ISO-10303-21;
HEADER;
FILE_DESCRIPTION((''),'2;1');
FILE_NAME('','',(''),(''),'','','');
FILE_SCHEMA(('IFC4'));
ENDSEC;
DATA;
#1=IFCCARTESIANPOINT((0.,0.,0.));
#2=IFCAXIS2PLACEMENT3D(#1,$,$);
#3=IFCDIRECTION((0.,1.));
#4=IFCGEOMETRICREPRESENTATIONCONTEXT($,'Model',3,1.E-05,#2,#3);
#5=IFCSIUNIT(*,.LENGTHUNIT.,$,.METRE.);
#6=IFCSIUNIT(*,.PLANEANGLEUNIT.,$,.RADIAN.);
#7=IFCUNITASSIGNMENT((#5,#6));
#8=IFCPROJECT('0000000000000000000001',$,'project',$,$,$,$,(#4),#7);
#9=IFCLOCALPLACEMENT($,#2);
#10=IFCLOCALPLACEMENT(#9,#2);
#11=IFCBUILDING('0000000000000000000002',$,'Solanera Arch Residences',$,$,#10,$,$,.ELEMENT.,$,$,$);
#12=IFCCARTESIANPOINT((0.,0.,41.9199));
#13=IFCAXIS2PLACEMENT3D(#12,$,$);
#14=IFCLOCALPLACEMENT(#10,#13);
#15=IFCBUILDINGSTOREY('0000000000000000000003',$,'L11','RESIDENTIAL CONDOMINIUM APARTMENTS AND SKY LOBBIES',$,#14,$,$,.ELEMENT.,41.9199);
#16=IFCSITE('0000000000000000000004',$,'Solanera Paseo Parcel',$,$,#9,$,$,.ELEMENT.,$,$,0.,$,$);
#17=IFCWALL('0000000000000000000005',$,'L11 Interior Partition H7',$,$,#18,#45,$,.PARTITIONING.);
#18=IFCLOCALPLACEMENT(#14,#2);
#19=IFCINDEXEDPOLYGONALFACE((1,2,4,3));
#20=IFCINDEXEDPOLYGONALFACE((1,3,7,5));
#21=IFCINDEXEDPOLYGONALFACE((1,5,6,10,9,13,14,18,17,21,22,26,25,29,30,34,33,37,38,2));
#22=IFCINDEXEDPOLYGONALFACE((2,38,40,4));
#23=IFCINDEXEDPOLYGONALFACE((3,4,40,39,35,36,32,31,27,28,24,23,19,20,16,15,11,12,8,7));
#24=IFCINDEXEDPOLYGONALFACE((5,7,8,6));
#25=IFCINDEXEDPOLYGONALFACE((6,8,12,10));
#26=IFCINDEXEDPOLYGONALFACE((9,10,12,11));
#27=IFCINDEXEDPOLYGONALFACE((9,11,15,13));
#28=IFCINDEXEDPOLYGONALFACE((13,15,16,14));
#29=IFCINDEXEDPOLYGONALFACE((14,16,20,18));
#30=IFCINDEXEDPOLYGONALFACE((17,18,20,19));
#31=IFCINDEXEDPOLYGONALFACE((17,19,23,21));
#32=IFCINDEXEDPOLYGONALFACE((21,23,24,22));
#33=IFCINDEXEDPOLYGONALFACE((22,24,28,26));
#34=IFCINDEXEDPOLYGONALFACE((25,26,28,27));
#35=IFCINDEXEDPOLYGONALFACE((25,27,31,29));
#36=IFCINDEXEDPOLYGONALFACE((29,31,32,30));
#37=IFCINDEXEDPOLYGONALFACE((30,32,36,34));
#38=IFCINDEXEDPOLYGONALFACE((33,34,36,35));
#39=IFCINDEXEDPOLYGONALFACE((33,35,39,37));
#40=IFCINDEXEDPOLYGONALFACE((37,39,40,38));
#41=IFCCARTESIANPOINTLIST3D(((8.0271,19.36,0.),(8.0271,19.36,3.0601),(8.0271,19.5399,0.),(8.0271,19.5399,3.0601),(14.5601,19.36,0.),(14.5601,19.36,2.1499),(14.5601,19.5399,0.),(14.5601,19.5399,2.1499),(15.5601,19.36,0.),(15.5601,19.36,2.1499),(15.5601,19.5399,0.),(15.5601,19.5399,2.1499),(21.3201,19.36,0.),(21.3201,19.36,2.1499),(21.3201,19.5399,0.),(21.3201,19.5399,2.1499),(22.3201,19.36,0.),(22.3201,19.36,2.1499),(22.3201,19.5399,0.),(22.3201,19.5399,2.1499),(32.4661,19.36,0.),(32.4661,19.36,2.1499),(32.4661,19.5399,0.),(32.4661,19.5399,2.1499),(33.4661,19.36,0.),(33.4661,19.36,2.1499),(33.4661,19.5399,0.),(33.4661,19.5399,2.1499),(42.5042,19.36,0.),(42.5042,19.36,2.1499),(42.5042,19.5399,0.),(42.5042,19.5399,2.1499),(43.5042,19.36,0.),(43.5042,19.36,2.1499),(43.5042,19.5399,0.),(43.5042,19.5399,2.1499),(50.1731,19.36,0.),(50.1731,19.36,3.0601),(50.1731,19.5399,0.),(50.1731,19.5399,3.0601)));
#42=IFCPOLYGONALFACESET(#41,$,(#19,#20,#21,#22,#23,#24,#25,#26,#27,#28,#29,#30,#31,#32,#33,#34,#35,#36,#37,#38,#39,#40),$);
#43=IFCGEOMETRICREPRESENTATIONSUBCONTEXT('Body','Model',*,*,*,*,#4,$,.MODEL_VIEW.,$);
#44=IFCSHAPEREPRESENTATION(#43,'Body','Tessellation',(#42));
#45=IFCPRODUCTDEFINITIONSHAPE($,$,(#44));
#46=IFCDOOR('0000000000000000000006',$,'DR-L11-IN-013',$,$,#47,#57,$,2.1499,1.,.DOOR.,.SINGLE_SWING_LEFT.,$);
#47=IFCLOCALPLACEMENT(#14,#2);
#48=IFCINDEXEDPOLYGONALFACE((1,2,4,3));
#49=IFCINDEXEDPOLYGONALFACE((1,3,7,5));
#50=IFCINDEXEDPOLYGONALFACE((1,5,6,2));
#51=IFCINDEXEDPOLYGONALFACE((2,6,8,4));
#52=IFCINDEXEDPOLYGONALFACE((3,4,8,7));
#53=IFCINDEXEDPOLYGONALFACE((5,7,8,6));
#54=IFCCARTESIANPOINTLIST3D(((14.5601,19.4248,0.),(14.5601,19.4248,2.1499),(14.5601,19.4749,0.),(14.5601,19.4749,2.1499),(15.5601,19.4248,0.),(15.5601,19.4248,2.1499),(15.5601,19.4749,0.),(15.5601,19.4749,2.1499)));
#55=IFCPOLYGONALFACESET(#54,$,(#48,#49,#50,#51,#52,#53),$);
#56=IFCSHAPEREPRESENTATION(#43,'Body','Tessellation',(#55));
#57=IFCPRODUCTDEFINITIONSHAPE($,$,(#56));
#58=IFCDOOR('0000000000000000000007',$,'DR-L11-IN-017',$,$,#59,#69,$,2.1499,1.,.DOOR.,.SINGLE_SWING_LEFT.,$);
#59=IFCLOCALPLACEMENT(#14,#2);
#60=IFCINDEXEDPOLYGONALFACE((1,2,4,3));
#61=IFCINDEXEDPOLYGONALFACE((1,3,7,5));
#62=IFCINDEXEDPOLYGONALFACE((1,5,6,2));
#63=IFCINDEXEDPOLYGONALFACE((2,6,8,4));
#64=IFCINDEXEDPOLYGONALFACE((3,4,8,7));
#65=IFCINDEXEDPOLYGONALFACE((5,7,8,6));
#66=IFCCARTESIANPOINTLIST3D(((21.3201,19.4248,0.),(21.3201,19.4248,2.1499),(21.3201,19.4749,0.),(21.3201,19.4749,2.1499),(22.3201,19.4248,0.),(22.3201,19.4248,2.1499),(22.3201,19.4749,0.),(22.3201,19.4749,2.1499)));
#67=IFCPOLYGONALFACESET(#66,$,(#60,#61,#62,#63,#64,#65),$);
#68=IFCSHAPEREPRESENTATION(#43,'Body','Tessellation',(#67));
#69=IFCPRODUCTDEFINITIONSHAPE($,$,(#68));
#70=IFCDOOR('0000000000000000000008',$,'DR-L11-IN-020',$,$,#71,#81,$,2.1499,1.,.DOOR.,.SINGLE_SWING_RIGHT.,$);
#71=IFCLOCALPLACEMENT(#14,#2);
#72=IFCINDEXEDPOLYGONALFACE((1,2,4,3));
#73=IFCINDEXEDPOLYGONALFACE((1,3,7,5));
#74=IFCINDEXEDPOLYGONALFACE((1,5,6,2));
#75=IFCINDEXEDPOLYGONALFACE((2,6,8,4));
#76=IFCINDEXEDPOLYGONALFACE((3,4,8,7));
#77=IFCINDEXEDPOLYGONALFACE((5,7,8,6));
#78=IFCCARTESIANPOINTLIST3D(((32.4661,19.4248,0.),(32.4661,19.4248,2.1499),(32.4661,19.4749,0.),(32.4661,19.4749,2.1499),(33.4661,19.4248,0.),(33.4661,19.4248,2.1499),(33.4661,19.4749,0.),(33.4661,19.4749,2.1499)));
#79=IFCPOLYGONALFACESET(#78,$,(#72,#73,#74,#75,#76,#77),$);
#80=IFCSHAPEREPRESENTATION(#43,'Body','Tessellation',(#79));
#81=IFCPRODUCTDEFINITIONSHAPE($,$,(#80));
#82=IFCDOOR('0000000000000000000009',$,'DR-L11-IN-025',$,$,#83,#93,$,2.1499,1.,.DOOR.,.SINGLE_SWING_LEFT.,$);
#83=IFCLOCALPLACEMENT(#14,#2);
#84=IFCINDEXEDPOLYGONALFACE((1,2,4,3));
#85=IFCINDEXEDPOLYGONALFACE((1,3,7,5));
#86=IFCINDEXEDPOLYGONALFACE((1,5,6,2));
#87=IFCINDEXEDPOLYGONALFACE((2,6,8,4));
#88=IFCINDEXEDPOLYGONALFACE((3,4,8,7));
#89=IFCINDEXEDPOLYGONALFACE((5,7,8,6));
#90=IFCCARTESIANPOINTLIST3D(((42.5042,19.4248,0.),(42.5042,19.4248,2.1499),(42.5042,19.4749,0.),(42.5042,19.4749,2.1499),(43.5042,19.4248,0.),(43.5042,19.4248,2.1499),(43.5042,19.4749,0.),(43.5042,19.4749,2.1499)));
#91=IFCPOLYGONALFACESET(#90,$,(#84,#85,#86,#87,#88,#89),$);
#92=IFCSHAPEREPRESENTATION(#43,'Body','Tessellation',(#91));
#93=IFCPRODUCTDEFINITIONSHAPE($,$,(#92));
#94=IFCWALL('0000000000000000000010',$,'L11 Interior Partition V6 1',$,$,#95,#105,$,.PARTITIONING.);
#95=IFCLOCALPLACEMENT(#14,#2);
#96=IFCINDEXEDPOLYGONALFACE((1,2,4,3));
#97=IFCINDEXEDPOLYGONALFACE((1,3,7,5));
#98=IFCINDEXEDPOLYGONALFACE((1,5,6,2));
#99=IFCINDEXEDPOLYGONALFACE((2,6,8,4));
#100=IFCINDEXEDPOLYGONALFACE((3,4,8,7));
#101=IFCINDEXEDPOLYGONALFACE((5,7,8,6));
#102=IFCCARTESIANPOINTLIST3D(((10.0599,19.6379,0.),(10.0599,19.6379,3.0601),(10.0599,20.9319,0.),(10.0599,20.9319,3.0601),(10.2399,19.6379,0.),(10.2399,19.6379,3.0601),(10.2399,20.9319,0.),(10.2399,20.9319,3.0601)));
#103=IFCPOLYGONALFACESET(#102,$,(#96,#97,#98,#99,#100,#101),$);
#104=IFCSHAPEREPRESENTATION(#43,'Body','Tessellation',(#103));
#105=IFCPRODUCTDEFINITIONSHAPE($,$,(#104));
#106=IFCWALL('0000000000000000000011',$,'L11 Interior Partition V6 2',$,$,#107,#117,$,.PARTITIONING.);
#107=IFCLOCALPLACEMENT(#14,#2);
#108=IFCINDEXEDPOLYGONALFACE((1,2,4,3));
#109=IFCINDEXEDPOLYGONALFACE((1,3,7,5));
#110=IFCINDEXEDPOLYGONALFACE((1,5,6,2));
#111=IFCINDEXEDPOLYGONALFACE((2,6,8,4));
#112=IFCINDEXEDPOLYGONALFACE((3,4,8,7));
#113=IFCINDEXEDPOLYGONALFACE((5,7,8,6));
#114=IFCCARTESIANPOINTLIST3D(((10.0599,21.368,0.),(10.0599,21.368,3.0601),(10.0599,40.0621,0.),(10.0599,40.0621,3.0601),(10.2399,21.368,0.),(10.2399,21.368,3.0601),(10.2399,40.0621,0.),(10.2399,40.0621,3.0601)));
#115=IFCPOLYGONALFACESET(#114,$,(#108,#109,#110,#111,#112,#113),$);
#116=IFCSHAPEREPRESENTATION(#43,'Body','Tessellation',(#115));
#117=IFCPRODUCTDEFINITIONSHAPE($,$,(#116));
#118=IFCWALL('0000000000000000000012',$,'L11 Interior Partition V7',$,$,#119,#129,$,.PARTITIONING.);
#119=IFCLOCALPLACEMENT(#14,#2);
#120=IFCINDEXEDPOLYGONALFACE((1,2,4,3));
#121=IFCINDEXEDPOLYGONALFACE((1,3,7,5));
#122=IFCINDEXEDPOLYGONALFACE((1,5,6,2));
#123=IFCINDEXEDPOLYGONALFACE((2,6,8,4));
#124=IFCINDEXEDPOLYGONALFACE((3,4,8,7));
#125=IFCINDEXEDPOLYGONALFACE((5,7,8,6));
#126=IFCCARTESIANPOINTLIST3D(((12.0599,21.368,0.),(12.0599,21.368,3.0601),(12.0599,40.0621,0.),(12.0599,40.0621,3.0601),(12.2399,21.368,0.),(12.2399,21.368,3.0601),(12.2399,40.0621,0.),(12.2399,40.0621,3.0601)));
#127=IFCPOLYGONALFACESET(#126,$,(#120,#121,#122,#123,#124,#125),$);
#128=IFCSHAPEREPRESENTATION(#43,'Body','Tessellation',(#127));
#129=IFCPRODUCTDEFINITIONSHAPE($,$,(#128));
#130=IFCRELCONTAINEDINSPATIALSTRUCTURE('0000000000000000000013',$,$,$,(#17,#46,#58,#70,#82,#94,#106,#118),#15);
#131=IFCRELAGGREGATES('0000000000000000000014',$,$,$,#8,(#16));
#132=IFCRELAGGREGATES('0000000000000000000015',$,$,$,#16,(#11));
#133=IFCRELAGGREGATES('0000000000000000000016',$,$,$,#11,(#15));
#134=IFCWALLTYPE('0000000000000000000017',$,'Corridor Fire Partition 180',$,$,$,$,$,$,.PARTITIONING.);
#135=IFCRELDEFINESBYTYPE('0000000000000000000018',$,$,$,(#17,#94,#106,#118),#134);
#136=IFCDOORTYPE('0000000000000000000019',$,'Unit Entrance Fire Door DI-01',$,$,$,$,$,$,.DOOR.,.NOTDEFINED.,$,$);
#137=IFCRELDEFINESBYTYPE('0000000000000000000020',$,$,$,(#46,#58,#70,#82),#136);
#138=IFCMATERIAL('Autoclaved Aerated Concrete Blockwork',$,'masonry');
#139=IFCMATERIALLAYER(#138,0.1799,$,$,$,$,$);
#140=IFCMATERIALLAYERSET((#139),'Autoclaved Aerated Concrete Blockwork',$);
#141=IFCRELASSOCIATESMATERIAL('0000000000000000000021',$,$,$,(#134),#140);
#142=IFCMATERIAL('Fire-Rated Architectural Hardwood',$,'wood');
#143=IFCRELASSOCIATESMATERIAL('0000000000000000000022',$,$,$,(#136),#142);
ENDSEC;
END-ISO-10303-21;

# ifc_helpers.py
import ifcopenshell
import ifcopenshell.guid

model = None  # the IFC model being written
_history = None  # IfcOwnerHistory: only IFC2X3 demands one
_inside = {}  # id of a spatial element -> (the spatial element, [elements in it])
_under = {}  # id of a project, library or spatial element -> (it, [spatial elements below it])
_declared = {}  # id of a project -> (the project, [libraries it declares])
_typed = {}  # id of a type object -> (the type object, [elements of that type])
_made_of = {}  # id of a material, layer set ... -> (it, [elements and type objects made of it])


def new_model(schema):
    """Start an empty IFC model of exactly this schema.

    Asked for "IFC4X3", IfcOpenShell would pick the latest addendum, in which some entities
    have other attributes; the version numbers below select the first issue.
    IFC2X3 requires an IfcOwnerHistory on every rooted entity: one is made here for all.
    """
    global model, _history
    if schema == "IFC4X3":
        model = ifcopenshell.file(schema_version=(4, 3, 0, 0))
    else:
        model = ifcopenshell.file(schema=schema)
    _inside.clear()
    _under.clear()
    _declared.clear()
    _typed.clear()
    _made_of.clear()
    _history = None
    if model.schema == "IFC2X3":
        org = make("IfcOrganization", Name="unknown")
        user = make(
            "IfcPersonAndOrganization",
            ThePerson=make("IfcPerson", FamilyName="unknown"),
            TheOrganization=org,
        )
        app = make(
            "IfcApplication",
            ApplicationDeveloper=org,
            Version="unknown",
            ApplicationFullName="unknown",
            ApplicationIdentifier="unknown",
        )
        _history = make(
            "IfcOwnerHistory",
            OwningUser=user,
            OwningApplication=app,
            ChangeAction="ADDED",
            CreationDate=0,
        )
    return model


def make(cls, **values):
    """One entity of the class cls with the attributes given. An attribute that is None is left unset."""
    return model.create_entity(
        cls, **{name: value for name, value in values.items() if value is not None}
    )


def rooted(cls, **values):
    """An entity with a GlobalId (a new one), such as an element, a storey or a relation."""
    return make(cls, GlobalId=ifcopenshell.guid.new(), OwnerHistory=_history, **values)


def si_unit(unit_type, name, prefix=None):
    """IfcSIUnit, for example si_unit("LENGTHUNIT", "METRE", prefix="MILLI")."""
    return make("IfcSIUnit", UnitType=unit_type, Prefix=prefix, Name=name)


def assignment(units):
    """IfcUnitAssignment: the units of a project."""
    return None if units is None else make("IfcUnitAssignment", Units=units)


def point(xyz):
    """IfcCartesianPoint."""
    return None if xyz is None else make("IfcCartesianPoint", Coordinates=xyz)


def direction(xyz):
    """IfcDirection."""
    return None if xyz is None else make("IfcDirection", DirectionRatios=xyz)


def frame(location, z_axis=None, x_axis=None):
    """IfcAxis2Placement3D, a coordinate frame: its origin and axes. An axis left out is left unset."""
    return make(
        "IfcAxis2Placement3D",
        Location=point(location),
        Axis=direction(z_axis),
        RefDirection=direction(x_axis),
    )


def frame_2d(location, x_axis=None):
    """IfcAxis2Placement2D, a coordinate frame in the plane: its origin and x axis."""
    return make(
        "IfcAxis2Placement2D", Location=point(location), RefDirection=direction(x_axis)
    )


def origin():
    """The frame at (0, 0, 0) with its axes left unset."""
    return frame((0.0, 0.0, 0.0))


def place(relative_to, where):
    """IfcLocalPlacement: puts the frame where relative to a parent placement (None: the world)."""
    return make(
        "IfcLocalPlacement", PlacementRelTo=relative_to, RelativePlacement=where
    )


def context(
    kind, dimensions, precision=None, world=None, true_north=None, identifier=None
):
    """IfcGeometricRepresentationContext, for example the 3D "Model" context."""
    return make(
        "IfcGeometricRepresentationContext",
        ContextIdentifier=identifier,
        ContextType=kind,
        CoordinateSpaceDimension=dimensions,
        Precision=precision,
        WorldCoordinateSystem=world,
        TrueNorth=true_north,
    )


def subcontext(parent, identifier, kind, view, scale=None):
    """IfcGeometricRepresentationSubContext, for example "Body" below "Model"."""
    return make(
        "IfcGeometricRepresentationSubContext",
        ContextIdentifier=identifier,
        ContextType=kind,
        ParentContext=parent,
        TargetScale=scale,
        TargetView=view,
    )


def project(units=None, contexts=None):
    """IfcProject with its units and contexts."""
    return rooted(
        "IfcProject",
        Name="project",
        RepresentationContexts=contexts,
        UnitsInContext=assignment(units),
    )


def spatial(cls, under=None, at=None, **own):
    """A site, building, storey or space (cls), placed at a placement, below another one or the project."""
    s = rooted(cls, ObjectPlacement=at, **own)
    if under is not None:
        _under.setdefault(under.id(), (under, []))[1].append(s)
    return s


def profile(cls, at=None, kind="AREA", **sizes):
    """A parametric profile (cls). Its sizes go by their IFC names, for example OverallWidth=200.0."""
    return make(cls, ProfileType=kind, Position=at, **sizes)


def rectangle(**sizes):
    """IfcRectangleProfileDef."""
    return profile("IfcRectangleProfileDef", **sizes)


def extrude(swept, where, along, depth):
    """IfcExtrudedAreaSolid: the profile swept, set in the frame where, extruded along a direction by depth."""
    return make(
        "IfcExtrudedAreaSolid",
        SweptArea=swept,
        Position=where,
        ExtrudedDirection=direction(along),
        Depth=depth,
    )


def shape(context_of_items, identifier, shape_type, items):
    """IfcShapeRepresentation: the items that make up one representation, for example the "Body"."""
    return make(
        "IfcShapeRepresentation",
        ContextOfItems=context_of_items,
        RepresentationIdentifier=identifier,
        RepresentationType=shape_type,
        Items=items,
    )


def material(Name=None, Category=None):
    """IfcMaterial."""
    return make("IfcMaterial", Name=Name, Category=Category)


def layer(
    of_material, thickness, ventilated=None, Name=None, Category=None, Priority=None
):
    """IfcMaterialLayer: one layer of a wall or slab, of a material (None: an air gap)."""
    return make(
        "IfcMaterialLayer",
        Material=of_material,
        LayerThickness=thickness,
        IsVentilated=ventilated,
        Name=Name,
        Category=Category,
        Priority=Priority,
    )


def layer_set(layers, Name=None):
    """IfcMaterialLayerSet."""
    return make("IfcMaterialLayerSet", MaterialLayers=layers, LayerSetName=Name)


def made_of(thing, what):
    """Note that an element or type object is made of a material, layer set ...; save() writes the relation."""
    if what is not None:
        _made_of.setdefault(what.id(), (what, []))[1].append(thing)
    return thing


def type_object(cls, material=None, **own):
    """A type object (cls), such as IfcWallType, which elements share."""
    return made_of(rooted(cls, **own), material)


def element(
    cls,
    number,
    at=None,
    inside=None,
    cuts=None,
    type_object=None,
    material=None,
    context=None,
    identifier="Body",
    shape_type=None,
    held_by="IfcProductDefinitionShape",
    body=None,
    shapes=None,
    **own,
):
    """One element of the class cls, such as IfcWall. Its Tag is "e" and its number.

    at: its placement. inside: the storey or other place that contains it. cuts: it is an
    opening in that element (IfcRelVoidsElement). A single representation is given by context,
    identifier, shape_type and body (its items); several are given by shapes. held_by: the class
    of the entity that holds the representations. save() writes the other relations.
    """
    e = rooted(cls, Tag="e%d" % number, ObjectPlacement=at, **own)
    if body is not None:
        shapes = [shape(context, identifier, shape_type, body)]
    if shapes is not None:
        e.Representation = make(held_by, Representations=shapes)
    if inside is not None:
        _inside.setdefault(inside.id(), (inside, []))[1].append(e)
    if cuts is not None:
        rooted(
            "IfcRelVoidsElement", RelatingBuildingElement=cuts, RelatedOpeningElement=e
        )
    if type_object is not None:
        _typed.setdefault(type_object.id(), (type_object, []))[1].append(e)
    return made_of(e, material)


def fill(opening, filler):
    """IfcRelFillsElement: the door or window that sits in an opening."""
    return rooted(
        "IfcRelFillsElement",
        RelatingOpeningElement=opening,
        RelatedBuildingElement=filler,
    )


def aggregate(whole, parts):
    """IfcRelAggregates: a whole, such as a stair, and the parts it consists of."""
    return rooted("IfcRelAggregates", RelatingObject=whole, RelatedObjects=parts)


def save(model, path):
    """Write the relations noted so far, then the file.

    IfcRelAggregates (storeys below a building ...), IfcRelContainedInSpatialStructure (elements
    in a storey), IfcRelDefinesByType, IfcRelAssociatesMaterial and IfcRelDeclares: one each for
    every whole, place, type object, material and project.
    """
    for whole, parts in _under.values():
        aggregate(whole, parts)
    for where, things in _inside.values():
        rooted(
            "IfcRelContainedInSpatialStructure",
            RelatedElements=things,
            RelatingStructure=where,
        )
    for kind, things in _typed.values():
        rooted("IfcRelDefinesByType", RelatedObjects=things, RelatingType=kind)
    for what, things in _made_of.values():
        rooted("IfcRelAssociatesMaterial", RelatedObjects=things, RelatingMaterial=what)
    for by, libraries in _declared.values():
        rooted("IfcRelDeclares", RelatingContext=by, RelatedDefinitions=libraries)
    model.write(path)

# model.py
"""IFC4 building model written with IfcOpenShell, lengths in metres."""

from ifc_helpers import new_model, si_unit, direction, frame, frame_2d, origin, place, context, subcontext, project, spatial, rectangle, extrude, material, layer, layer_set, type_object, element, fill, save


model = new_model("IFC4")

# Units and contexts
model_context = context("Model", 3, precision=1e-05, world=origin(), true_north=direction((0.0, 1.0)))
body_context = subcontext(model_context, "Body", "Model", "MODEL_VIEW")
ifc_project = project(units=[si_unit("LENGTHUNIT", "METRE"), si_unit("PLANEANGLEUNIT", "RADIAN")], contexts=[model_context])

# Site, building, storey
site_placement = place(None, origin())
site = spatial("IfcSite", under=ifc_project, at=site_placement, Name="Solanera Paseo Parcel", CompositionType="ELEMENT", RefElevation=0.0)
building_placement = place(site_placement, origin())
building = spatial("IfcBuilding", under=site, at=building_placement, Name="Solanera Arch Residences", CompositionType="ELEMENT")
storey_placement = place(building_placement, frame((0.0, 0.0, 41.9199)))
storey = spatial("IfcBuildingStorey", under=building, at=storey_placement, Name="L11", Description="RESIDENTIAL CONDOMINIUM APARTMENTS AND SKY LOBBIES", CompositionType="ELEMENT", Elevation=41.9199)

# Wall, openings, doors
ifc_material_1 = material(Name="Autoclaved Aerated Concrete Blockwork", Category="masonry")
ifc_layer_1 = layer(ifc_material_1, 0.1799)
ifc_layer_set_1 = layer_set([ifc_layer_1], Name="Autoclaved Aerated Concrete Blockwork")
wall_type_1 = type_object("IfcWallType", Name="Corridor Fire Partition 180", PredefinedType="PARTITIONING", material=ifc_layer_set_1)
wall_1_placement = place(storey_placement, frame((8.0271, 19.45, 0.0), z_axis=(0.0, 0.0, 1.0), x_axis=(1.0, 0.0, 0.0)))
wall_1 = element("IfcWall", 1, at=wall_1_placement, inside=storey, type_object=wall_type_1, Name="L11 Interior Partition H7", PredefinedType="PARTITIONING", context=body_context, shape_type="SweptSolid", body=[
    extrude(rectangle(XDim=42.146, YDim=0.1799, at=frame_2d((21.073, 0.0))), origin(), (0.0, 0.0, 1.0), 3.0601),
])
opening_1_placement = place(wall_1_placement, frame((6.533, 0.0, 0.0)))
opening_1 = element("IfcOpeningElement", 2, at=opening_1_placement, cuts=wall_1, PredefinedType="OPENING", context=body_context, shape_type="SweptSolid", body=[
    extrude(rectangle(XDim=1.0, YDim=2.1499, at=frame_2d((0.5, 1.075))), frame((0.0, 0.1001, 0.0), z_axis=(0.0, -1.0, 0.0), x_axis=(1.0, 0.0, 0.0)), (0.0, 0.0, 1.0), 0.1999),
])
opening_2_placement = place(wall_1_placement, frame((13.293, 0.0, 0.0)))
opening_2 = element("IfcOpeningElement", 3, at=opening_2_placement, cuts=wall_1, PredefinedType="OPENING", context=body_context, shape_type="SweptSolid", body=[
    extrude(rectangle(XDim=1.0, YDim=2.1499, at=frame_2d((0.5, 1.075))), frame((0.0, 0.1001, 0.0), z_axis=(0.0, -1.0, 0.0), x_axis=(1.0, 0.0, 0.0)), (0.0, 0.0, 1.0), 0.1999),
])
opening_3_placement = place(wall_1_placement, frame((24.439, 0.0, 0.0)))
opening_3 = element("IfcOpeningElement", 4, at=opening_3_placement, cuts=wall_1, PredefinedType="OPENING", context=body_context, shape_type="SweptSolid", body=[
    extrude(rectangle(XDim=1.0, YDim=2.1499, at=frame_2d((0.5, 1.075))), frame((0.0, 0.1001, 0.0), z_axis=(0.0, -1.0, 0.0), x_axis=(1.0, 0.0, 0.0)), (0.0, 0.0, 1.0), 0.1999),
])
opening_4_placement = place(wall_1_placement, frame((34.4771, 0.0, 0.0)))
opening_4 = element("IfcOpeningElement", 5, at=opening_4_placement, cuts=wall_1, PredefinedType="OPENING", context=body_context, shape_type="SweptSolid", body=[
    extrude(rectangle(XDim=1.0, YDim=2.1499, at=frame_2d((0.5, 1.075))), frame((0.0, 0.1001, 0.0), z_axis=(0.0, -1.0, 0.0), x_axis=(1.0, 0.0, 0.0)), (0.0, 0.0, 1.0), 0.1999),
])
ifc_material_2 = material(Name="Fire-Rated Architectural Hardwood", Category="wood")
door_type_1 = type_object("IfcDoorType", Name="Unit Entrance Fire Door DI-01", OperationType="NOTDEFINED", PredefinedType="DOOR", material=ifc_material_2)
door_1_placement = place(opening_1_placement, origin())
door_1 = element("IfcDoor", 6, at=door_1_placement, inside=storey, type_object=door_type_1, Name="DR-L11-IN-013", OperationType="SINGLE_SWING_LEFT", OverallHeight=2.1499, OverallWidth=1.0, PredefinedType="DOOR", context=body_context, shape_type="SweptSolid", body=[
    extrude(rectangle(XDim=1.0, YDim=2.1499, at=frame_2d((0.5, 1.075))), frame((0.0, 0.0249, 0.0), z_axis=(0.0, -1.0, 0.0), x_axis=(1.0, 0.0, 0.0)), (0.0, 0.0, 1.0), 0.05),
])
fill(opening_1, door_1)
door_2_placement = place(opening_2_placement, origin())
door_2 = element("IfcDoor", 7, at=door_2_placement, inside=storey, type_object=door_type_1, Name="DR-L11-IN-017", OperationType="SINGLE_SWING_LEFT", OverallHeight=2.1499, OverallWidth=1.0, PredefinedType="DOOR", context=body_context, shape_type="SweptSolid", body=[
    extrude(rectangle(XDim=1.0, YDim=2.1499, at=frame_2d((0.5, 1.075))), frame((0.0, 0.0249, 0.0), z_axis=(0.0, -1.0, 0.0), x_axis=(1.0, 0.0, 0.0)), (0.0, 0.0, 1.0), 0.05),
])
fill(opening_2, door_2)
door_3_placement = place(opening_3_placement, origin())
door_3 = element("IfcDoor", 8, at=door_3_placement, inside=storey, type_object=door_type_1, Name="DR-L11-IN-020", OperationType="SINGLE_SWING_RIGHT", OverallHeight=2.1499, OverallWidth=1.0, PredefinedType="DOOR", context=body_context, shape_type="SweptSolid", body=[
    extrude(rectangle(XDim=1.0, YDim=2.1499, at=frame_2d((0.5, 1.075))), frame((0.0, 0.0249, 0.0), z_axis=(0.0, -1.0, 0.0), x_axis=(1.0, 0.0, 0.0)), (0.0, 0.0, 1.0), 0.05),
])
fill(opening_3, door_3)
door_4_placement = place(opening_4_placement, origin())
door_4 = element("IfcDoor", 9, at=door_4_placement, inside=storey, type_object=door_type_1, Name="DR-L11-IN-025", OperationType="SINGLE_SWING_LEFT", OverallHeight=2.1499, OverallWidth=1.0, PredefinedType="DOOR", context=body_context, shape_type="SweptSolid", body=[
    extrude(rectangle(XDim=1.0, YDim=2.1499, at=frame_2d((0.5, 1.075))), frame((0.0, 0.0249, 0.0), z_axis=(0.0, -1.0, 0.0), x_axis=(1.0, 0.0, 0.0)), (0.0, 0.0, 1.0), 0.05),
])
fill(opening_4, door_4)

# Walls
wall_2_placement = place(storey_placement, frame((10.1499, 19.6379, 0.0), z_axis=(0.0, 0.0, 1.0), x_axis=(0.0, 1.0, 0.0)))
element("IfcWall", 10, at=wall_2_placement, inside=storey, type_object=wall_type_1, Name="L11 Interior Partition V6 1", PredefinedType="PARTITIONING", context=body_context, shape_type="SweptSolid", body=[
    extrude(rectangle(XDim=1.2939, YDim=0.1799, at=frame_2d((0.647, 0.0))), origin(), (0.0, 0.0, 1.0), 3.0601),
])
for number, where, z_axis, x_axis, name in (
    (11, (10.1499, 21.3679, 0.0), (0.0, 0.0, 1.0), (0.0, 1.0, 0.0), "L11 Interior Partition V6 2"),
    (12, (12.1499, 21.3679, 0.0), (0.0, 0.0, 1.0), (0.0, 1.0, 0.0), "L11 Interior Partition V7"),
):
    element("IfcWall", number, at=place(storey_placement, frame(where, z_axis=z_axis, x_axis=x_axis)), inside=storey, type_object=wall_type_1, Name=name, PredefinedType="PARTITIONING", context=body_context, shape_type="SweptSolid", body=[
        extrude(rectangle(XDim=18.6941, YDim=0.1799, at=frame_2d((9.3472, 0.0))), origin(), (0.0, 0.0, 1.0), 3.0601),
    ])

save(model, "model.ifc")
